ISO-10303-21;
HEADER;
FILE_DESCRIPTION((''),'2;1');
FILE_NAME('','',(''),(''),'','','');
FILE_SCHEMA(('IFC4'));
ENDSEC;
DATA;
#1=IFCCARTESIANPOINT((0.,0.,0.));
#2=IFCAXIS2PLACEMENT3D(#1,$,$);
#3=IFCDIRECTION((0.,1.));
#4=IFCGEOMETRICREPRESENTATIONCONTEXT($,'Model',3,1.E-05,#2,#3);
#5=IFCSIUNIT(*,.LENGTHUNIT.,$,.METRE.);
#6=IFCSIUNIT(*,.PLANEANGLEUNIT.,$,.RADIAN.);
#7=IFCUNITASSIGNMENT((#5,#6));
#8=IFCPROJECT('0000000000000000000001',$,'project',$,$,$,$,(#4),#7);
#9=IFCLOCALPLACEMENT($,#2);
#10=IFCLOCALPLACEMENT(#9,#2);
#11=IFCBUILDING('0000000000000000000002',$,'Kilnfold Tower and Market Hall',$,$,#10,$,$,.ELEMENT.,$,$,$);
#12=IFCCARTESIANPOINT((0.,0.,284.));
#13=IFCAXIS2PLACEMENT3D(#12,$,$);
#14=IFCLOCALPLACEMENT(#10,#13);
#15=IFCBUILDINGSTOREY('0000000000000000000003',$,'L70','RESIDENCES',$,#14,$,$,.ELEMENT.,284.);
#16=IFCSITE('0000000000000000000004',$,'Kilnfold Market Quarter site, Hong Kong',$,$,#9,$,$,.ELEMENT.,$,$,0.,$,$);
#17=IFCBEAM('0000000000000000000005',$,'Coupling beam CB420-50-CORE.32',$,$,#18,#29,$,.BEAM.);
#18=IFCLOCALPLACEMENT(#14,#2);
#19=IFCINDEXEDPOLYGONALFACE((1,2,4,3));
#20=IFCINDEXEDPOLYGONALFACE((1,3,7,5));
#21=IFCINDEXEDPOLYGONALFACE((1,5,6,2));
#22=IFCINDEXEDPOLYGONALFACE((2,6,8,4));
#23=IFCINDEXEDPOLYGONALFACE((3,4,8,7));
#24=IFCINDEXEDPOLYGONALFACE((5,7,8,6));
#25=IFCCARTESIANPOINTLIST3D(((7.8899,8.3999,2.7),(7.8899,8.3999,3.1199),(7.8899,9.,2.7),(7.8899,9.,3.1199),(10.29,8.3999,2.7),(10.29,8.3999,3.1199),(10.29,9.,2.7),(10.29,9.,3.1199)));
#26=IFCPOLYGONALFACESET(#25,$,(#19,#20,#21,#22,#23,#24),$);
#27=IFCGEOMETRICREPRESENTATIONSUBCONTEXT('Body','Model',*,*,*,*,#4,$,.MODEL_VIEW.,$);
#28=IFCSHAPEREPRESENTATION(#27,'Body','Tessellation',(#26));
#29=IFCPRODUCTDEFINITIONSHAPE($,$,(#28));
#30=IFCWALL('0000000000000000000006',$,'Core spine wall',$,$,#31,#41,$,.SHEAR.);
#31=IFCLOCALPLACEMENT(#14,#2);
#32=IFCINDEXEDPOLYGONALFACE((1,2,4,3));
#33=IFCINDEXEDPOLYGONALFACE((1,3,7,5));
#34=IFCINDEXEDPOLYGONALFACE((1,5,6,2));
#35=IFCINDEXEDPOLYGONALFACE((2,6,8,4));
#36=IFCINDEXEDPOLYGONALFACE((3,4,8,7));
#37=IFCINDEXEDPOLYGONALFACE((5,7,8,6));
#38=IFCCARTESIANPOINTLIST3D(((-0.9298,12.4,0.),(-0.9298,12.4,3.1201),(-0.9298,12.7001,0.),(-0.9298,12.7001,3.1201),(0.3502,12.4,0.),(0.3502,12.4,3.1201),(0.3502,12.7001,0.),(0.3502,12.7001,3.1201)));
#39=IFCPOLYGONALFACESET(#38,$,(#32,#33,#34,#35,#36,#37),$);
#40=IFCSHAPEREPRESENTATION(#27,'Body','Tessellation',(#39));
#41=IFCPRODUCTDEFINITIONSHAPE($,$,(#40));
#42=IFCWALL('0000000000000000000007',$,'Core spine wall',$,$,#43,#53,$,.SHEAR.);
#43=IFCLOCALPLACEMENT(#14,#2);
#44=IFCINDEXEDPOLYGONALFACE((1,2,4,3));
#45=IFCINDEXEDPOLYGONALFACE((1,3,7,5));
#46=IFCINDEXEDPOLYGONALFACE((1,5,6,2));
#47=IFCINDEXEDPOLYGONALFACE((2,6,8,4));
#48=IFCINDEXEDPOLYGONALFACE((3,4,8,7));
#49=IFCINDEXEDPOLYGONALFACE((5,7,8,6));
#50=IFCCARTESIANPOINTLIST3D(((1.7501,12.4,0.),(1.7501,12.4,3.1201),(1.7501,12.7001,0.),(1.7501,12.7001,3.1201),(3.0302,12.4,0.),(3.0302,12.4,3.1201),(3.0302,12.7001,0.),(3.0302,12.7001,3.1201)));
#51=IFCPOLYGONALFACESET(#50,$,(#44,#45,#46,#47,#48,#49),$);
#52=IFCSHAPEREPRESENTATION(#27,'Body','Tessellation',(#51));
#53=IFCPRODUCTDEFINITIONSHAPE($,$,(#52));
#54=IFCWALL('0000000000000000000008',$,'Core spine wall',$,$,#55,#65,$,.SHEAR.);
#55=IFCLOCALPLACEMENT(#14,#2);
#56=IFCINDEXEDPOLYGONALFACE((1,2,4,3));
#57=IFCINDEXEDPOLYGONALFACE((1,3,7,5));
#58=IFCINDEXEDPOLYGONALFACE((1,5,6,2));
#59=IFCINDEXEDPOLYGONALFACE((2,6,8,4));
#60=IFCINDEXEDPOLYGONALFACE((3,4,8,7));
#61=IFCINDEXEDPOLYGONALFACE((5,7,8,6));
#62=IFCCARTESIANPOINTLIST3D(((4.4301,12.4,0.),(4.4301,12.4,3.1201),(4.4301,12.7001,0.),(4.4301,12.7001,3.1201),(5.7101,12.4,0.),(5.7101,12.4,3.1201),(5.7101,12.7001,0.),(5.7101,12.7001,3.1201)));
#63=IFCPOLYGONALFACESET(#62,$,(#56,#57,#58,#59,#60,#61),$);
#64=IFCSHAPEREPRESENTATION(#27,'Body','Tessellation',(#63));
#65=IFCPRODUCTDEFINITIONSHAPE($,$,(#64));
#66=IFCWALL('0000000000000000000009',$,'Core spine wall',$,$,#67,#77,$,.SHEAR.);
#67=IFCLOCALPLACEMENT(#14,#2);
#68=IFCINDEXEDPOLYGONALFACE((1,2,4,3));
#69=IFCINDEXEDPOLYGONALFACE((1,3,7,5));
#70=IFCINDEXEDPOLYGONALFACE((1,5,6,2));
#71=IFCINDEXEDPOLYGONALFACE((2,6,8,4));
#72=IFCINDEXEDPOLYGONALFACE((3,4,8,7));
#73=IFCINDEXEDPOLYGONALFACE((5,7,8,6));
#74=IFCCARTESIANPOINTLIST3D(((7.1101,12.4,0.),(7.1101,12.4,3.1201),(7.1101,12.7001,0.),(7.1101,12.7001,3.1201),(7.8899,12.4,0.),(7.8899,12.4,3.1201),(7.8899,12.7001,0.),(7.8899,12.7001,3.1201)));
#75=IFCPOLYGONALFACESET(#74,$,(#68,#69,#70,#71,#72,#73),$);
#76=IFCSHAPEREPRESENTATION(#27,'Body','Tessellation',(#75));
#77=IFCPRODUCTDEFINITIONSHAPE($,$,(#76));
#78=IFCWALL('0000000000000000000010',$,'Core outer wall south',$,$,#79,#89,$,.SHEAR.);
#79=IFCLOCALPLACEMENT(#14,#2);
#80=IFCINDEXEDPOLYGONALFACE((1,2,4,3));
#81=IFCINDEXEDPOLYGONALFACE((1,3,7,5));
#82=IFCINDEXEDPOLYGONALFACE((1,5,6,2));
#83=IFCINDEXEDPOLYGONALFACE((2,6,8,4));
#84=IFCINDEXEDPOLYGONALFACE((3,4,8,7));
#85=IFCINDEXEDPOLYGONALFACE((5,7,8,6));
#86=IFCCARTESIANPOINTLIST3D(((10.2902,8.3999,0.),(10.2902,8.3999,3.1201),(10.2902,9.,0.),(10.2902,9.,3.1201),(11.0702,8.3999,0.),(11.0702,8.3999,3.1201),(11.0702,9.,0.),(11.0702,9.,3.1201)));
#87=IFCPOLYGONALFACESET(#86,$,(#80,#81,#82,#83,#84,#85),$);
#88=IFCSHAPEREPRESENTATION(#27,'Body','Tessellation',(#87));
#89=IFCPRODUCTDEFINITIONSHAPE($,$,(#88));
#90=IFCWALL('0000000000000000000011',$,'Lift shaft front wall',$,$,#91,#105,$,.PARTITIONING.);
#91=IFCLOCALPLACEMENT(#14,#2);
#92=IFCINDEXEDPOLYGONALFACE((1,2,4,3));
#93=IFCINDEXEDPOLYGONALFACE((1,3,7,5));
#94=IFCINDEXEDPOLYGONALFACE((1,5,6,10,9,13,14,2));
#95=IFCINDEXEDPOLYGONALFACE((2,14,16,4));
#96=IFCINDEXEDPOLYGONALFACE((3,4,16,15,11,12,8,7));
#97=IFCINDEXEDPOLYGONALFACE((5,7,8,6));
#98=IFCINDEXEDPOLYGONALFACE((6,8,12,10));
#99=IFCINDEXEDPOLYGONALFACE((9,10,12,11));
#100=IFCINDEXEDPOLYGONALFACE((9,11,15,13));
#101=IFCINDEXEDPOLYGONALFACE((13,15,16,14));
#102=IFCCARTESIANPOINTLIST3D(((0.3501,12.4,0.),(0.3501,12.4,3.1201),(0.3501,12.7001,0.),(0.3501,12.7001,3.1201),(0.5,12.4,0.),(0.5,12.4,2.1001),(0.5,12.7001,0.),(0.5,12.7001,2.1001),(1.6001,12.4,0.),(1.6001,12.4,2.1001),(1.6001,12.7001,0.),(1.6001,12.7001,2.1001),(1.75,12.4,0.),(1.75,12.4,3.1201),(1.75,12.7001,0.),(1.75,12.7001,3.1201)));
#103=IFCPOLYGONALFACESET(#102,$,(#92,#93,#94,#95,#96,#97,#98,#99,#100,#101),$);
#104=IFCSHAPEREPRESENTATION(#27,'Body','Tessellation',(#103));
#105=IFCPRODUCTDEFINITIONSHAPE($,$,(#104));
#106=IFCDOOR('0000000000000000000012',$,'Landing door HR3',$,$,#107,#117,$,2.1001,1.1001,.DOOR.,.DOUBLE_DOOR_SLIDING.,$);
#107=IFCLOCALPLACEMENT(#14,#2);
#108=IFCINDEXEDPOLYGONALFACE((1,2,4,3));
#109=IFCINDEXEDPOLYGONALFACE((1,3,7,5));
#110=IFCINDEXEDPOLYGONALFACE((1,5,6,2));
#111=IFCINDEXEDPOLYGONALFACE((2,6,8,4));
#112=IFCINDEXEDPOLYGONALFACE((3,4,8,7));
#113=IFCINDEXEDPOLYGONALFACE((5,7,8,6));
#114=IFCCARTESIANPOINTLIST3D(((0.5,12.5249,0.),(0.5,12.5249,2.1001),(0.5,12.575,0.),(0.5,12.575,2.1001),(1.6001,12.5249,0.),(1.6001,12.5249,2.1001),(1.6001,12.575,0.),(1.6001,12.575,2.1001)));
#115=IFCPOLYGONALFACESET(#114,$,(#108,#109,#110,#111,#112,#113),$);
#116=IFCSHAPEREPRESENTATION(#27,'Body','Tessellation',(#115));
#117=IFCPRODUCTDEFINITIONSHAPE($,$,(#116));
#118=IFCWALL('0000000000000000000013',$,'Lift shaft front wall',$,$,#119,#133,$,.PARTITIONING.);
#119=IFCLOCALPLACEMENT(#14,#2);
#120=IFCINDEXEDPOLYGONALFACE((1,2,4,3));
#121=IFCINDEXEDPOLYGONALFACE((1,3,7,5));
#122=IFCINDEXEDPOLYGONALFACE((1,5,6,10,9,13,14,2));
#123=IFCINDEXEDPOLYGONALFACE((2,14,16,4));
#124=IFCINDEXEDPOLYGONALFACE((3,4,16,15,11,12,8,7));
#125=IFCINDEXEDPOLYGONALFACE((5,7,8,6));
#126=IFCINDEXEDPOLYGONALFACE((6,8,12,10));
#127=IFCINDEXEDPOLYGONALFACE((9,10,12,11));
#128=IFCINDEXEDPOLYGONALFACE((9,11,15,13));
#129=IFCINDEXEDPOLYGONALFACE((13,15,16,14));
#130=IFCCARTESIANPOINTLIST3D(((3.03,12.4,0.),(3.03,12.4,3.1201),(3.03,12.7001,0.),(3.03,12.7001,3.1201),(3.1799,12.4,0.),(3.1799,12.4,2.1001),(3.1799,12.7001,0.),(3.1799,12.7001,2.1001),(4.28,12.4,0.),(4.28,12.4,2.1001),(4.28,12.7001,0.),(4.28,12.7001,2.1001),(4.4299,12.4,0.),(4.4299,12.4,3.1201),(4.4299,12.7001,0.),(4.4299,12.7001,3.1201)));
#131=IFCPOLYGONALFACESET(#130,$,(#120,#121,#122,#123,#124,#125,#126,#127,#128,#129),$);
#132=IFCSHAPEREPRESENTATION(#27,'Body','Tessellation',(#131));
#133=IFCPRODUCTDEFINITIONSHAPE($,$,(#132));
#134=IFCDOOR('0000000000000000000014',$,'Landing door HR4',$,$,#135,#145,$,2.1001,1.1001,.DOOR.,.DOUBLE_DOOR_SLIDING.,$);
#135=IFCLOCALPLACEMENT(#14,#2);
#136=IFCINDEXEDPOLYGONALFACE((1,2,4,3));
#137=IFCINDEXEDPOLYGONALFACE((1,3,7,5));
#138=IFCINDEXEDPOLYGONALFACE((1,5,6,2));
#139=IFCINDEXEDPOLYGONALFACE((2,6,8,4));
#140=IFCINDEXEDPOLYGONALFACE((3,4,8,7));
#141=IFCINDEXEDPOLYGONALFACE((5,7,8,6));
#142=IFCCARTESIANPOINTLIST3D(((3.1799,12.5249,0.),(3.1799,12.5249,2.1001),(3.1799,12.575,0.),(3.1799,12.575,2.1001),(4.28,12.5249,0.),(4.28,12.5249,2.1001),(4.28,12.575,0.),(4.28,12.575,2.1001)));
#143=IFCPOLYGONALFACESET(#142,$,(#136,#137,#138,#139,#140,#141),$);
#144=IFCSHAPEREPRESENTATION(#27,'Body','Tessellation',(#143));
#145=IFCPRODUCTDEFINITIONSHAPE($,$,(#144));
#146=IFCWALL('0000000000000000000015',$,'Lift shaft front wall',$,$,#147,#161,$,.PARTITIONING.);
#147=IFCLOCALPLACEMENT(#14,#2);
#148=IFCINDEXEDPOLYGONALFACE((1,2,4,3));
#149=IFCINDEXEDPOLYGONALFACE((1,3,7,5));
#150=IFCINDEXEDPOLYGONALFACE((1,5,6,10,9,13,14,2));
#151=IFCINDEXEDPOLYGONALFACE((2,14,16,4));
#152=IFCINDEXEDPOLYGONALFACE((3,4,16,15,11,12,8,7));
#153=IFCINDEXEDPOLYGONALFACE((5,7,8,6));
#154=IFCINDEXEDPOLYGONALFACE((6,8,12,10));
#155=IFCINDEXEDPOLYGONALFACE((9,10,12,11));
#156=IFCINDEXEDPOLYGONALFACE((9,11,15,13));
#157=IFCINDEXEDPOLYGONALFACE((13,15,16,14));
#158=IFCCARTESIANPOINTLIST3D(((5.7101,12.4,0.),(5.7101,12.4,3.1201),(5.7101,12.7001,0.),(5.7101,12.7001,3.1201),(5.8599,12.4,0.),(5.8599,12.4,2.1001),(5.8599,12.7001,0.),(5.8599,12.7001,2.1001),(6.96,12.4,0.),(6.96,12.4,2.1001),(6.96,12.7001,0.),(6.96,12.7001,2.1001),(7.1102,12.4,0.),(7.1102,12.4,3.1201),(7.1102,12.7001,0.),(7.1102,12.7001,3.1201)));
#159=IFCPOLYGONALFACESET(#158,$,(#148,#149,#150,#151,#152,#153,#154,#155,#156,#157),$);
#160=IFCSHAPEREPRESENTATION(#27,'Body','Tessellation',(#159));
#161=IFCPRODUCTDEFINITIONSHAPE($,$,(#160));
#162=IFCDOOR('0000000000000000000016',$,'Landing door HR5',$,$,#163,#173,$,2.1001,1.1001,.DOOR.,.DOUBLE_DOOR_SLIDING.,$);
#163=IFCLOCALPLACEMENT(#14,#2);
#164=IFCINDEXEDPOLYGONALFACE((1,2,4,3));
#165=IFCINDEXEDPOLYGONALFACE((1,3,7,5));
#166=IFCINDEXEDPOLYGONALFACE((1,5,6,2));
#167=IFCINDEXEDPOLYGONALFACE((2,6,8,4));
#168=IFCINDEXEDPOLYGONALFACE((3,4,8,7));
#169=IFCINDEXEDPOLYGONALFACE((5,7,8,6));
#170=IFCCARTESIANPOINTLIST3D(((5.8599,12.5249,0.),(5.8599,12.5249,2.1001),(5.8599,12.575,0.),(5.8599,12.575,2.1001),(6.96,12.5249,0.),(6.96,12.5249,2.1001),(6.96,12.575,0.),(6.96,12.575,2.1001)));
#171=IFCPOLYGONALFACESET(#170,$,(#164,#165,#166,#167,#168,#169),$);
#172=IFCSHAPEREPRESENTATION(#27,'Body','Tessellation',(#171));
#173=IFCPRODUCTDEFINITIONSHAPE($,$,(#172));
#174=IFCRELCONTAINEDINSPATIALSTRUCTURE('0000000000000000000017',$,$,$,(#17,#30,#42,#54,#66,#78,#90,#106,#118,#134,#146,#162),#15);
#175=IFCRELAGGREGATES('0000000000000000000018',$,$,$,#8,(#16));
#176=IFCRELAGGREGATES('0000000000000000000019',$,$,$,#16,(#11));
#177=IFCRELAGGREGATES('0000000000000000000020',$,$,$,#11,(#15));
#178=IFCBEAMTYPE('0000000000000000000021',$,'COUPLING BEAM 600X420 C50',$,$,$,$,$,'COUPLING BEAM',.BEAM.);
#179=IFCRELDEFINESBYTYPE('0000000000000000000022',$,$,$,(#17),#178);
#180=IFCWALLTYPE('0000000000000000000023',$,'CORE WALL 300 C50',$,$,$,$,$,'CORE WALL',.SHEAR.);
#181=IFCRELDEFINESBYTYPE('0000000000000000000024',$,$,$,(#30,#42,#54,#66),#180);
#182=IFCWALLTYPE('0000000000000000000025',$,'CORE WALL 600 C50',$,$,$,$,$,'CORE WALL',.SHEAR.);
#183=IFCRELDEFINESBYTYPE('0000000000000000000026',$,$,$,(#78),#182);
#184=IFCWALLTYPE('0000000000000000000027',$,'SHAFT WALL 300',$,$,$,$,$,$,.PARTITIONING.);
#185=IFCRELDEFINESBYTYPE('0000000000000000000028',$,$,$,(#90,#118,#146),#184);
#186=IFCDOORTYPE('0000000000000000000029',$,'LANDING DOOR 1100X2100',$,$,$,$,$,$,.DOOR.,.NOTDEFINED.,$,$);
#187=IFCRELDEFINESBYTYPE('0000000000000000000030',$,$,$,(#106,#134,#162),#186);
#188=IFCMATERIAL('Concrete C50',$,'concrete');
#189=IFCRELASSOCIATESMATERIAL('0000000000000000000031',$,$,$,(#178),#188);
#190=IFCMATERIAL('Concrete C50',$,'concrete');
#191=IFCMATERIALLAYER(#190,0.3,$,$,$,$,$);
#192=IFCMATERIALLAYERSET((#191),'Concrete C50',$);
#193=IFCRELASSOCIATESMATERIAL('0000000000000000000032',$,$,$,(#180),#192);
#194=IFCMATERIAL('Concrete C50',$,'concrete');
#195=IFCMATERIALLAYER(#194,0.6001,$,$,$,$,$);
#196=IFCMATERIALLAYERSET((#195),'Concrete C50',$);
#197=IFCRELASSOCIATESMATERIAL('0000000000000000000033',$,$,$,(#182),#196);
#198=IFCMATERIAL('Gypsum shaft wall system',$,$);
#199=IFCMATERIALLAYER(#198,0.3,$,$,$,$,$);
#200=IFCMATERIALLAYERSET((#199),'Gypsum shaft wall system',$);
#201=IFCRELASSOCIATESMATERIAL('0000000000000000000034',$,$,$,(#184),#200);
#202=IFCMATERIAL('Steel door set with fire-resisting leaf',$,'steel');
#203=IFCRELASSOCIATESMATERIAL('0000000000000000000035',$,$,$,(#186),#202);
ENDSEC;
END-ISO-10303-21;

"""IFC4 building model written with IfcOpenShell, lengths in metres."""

from ifc_helpers import new_model, si_unit, direction, frame, frame_2d, origin, origin_2d, place, context, subcontext, project, spatial, rectangle, extrude, source, transform, mapped, material, layer, layer_set, material_profile, profile_set, type_object, element, fill, save


model = new_model("IFC4")

# Units and contexts
model_context = context("Model", 3, precision=1e-05, world=origin(), true_north=direction((0.0, 1.0)))
body_context = subcontext(model_context, "Body", "Model", "MODEL_VIEW")
ifc_project = project(units=[si_unit("LENGTHUNIT", "METRE"), si_unit("PLANEANGLEUNIT", "RADIAN")], contexts=[model_context])

# Site, building, storey
site_placement = place(None, origin())
site = spatial("IfcSite", under=ifc_project, at=site_placement, Name="Kilnfold Market Quarter site, Hong Kong", CompositionType="ELEMENT", RefElevation=0.0)
building_placement = place(site_placement, origin())
building = spatial("IfcBuilding", under=site, at=building_placement, Name="Kilnfold Tower and Market Hall", CompositionType="ELEMENT")
storey_placement = place(building_placement, frame((0.0, 0.0, 284.0)))
storey = spatial("IfcBuildingStorey", under=building, at=storey_placement, Name="L70", Description="RESIDENCES", CompositionType="ELEMENT", Elevation=284.0)

# Beam
ifc_material_1 = material(Name="Concrete C50", Category="concrete")
ifc_material_profile = material_profile(ifc_material_1, rectangle(XDim=0.6001, YDim=0.4199, at=origin_2d()), Name="RC 600x420")
ifc_profile_set = profile_set([ifc_material_profile], Name="Concrete C50")
beam_type = type_object("IfcBeamType", Name="COUPLING BEAM 600X420 C50", ElementType="COUPLING BEAM", PredefinedType="BEAM", material=ifc_profile_set)
shared_shape_1 = source(origin(), body_context, "Body", "SweptSolid", [
    extrude(rectangle(XDim=0.6001, YDim=0.4199, at=origin_2d()), origin(), (0.0, 0.0, 1.0), 2.4001),
])
beam_placement = place(storey_placement, frame((7.8899, 8.7, 2.9099), z_axis=(1.0, 0.0, 0.0), x_axis=(0.0, 1.0, 0.0)))
element("IfcBeam", 1, at=beam_placement, inside=storey, type_object=beam_type, Name="Coupling beam CB420-50-CORE.32", PredefinedType="BEAM", context=body_context, shape_type="MappedRepresentation", body=[
    mapped(shared_shape_1, transform((0.0, 0.0, 0.0))),
])

# Walls
ifc_material_2 = material(Name="Concrete C50", Category="concrete")
ifc_layer_1 = layer(ifc_material_2, 0.3)
ifc_layer_set_1 = layer_set([ifc_layer_1], Name="Concrete C50")
wall_type_1 = type_object("IfcWallType", Name="CORE WALL 300 C50", ElementType="CORE WALL", PredefinedType="SHEAR", material=ifc_layer_set_1)
shared_shape_2 = source(origin(), body_context, "Body", "SweptSolid", [
    extrude(rectangle(XDim=1.28, YDim=0.3, at=frame_2d((0.6401, 0.0))), origin(), (0.0, 0.0, 1.0), 3.1201),
])
for number, where, z_axis, x_axis, name in (
    (2, (-0.9299, 12.55, 0.0), (0.0, 0.0, 1.0), (1.0, 0.0, 0.0), "Core spine wall"),
    (3, (1.75, 12.55, 0.0), (0.0, 0.0, 1.0), (1.0, 0.0, 0.0), "Core spine wall"),
    (4, (4.4299, 12.55, 0.0), (0.0, 0.0, 1.0), (1.0, 0.0, 0.0), "Core spine wall"),
):
    element("IfcWall", number, at=place(storey_placement, frame(where, z_axis=z_axis, x_axis=x_axis)), inside=storey, type_object=wall_type_1, Name=name, PredefinedType="SHEAR", context=body_context, shape_type="MappedRepresentation", body=[
        mapped(shared_shape_2, transform((0.0, 0.0, 0.0))),
    ])
shared_shape_3 = source(origin(), body_context, "Body", "SweptSolid", [
    extrude(rectangle(XDim=0.7798, YDim=0.3, at=frame_2d((0.3899, 0.0))), origin(), (0.0, 0.0, 1.0), 3.1201),
])
wall_1_placement = place(storey_placement, frame((7.1101, 12.55, 0.0), z_axis=(0.0, 0.0, 1.0), x_axis=(1.0, 0.0, 0.0)))
element("IfcWall", 5, at=wall_1_placement, inside=storey, type_object=wall_type_1, Name="Core spine wall", PredefinedType="SHEAR", context=body_context, shape_type="MappedRepresentation", body=[
    mapped(shared_shape_3, transform((0.0, 0.0, 0.0))),
])
ifc_material_3 = material(Name="Concrete C50", Category="concrete")
ifc_layer_2 = layer(ifc_material_3, 0.6001)
ifc_layer_set_2 = layer_set([ifc_layer_2], Name="Concrete C50")
wall_type_2 = type_object("IfcWallType", Name="CORE WALL 600 C50", ElementType="CORE WALL", PredefinedType="SHEAR", material=ifc_layer_set_2)
shared_shape_4 = source(origin(), body_context, "Body", "SweptSolid", [
    extrude(rectangle(XDim=0.78, YDim=0.6001, at=frame_2d((0.3901, 0.0))), origin(), (0.0, 0.0, 1.0), 3.1201),
])
wall_2_placement = place(storey_placement, frame((10.29, 8.7, 0.0), z_axis=(0.0, 0.0, 1.0), x_axis=(1.0, 0.0, 0.0)))
element("IfcWall", 6, at=wall_2_placement, inside=storey, type_object=wall_type_2, Name="Core outer wall south", PredefinedType="SHEAR", context=body_context, shape_type="MappedRepresentation", body=[
    mapped(shared_shape_4, transform((0.0, 0.0, 0.0))),
])

# Walls, openings, doors
ifc_material_4 = material(Name="Gypsum shaft wall system")
ifc_layer_3 = layer(ifc_material_4, 0.3)
ifc_layer_set_3 = layer_set([ifc_layer_3], Name="Gypsum shaft wall system")
wall_type_3 = type_object("IfcWallType", Name="SHAFT WALL 300", PredefinedType="PARTITIONING", material=ifc_layer_set_3)
shared_shape_5 = source(origin(), body_context, "Body", "SweptSolid", [
    extrude(rectangle(XDim=1.3999, YDim=0.3, at=frame_2d((0.7, 0.0))), origin(), (0.0, 0.0, 1.0), 3.1201),
])
wall_3_placement = place(storey_placement, frame((0.3501, 12.55, 0.0), z_axis=(0.0, 0.0, 1.0), x_axis=(1.0, 0.0, 0.0)))
wall_3 = element("IfcWall", 7, at=wall_3_placement, inside=storey, type_object=wall_type_3, Name="Lift shaft front wall", PredefinedType="PARTITIONING", context=body_context, shape_type="MappedRepresentation", body=[
    mapped(shared_shape_5, transform((0.0, 0.0, 0.0))),
])
opening_1_placement = place(wall_3_placement, frame((0.1499, 0.0, 0.0)))
opening_1 = element("IfcOpeningElement", 8, at=opening_1_placement, cuts=wall_3, PredefinedType="OPENING", context=body_context, shape_type="SweptSolid", body=[
    extrude(rectangle(XDim=1.1001, YDim=2.1001, at=frame_2d((0.55, 1.05))), frame((0.0, 0.1602, 0.0), z_axis=(0.0, -1.0, 0.0), x_axis=(1.0, 0.0, 0.0)), (0.0, 0.0, 1.0), 0.3201),
])
ifc_material_5 = material(Name="Steel door set with fire-resisting leaf", Category="steel")
door_type_1 = type_object("IfcDoorType", Name="LANDING DOOR 1100X2100", OperationType="NOTDEFINED", PredefinedType="DOOR", material=ifc_material_5)
door_1_placement = place(opening_1_placement, origin())
door_1 = element("IfcDoor", 9, at=door_1_placement, inside=storey, type_object=door_type_1, Name="Landing door HR3", OperationType="DOUBLE_DOOR_SLIDING", OverallHeight=2.1001, OverallWidth=1.1001, PredefinedType="DOOR", context=body_context, shape_type="SweptSolid", body=[
    extrude(rectangle(XDim=1.1001, YDim=2.1001, at=frame_2d((0.55, 1.05))), frame((0.0, 0.0249, 0.0), z_axis=(0.0, -1.0, 0.0), x_axis=(1.0, 0.0, 0.0)), (0.0, 0.0, 1.0), 0.05),
])
fill(opening_1, door_1)
wall_4_placement = place(storey_placement, frame((3.03, 12.55, 0.0), z_axis=(0.0, 0.0, 1.0), x_axis=(1.0, 0.0, 0.0)))
wall_4 = element("IfcWall", 10, at=wall_4_placement, inside=storey, type_object=wall_type_3, Name="Lift shaft front wall", PredefinedType="PARTITIONING", context=body_context, shape_type="MappedRepresentation", body=[
    mapped(shared_shape_5, transform((0.0, 0.0, 0.0))),
])
opening_2_placement = place(wall_4_placement, frame((0.1499, 0.0, 0.0)))
opening_2 = element("IfcOpeningElement", 11, at=opening_2_placement, cuts=wall_4, PredefinedType="OPENING", context=body_context, shape_type="SweptSolid", body=[
    extrude(rectangle(XDim=1.1001, YDim=2.1001, at=frame_2d((0.55, 1.05))), frame((0.0, 0.1602, 0.0), z_axis=(0.0, -1.0, 0.0), x_axis=(1.0, 0.0, 0.0)), (0.0, 0.0, 1.0), 0.3201),
])
door_2_placement = place(opening_2_placement, origin())
door_2 = element("IfcDoor", 12, at=door_2_placement, inside=storey, type_object=door_type_1, Name="Landing door HR4", OperationType="DOUBLE_DOOR_SLIDING", OverallHeight=2.1001, OverallWidth=1.1001, PredefinedType="DOOR", context=body_context, shape_type="SweptSolid", body=[
    extrude(rectangle(XDim=1.1001, YDim=2.1001, at=frame_2d((0.55, 1.05))), frame((0.0, 0.0249, 0.0), z_axis=(0.0, -1.0, 0.0), x_axis=(1.0, 0.0, 0.0)), (0.0, 0.0, 1.0), 0.05),
])
fill(opening_2, door_2)
shared_shape_6 = source(origin(), body_context, "Body", "SweptSolid", [
    extrude(rectangle(XDim=1.4001, YDim=0.3, at=frame_2d((0.7002, 0.0))), origin(), (0.0, 0.0, 1.0), 3.1201),
])
wall_5_placement = place(storey_placement, frame((5.71, 12.55, 0.0), z_axis=(0.0, 0.0, 1.0), x_axis=(1.0, 0.0, 0.0)))
wall_5 = element("IfcWall", 13, at=wall_5_placement, inside=storey, type_object=wall_type_3, Name="Lift shaft front wall", PredefinedType="PARTITIONING", context=body_context, shape_type="MappedRepresentation", body=[
    mapped(shared_shape_6, transform((0.0, 0.0, 0.0))),
])
opening_3_placement = place(wall_5_placement, frame((0.1499, 0.0, 0.0)))
opening_3 = element("IfcOpeningElement", 14, at=opening_3_placement, cuts=wall_5, PredefinedType="OPENING", context=body_context, shape_type="SweptSolid", body=[
    extrude(rectangle(XDim=1.1001, YDim=2.1001, at=frame_2d((0.55, 1.05))), frame((0.0, 0.1602, 0.0), z_axis=(0.0, -1.0, 0.0), x_axis=(1.0, 0.0, 0.0)), (0.0, 0.0, 1.0), 0.3201),
])
door_3_placement = place(opening_3_placement, origin())
door_3 = element("IfcDoor", 15, at=door_3_placement, inside=storey, type_object=door_type_1, Name="Landing door HR5", OperationType="DOUBLE_DOOR_SLIDING", OverallHeight=2.1001, OverallWidth=1.1001, PredefinedType="DOOR", context=body_context, shape_type="SweptSolid", body=[
    extrude(rectangle(XDim=1.1001, YDim=2.1001, at=frame_2d((0.55, 1.05))), frame((0.0, 0.0249, 0.0), z_axis=(0.0, -1.0, 0.0), x_axis=(1.0, 0.0, 0.0)), (0.0, 0.0, 1.0), 0.05),
])
fill(opening_3, door_3)

save(model, "model.ifc")
